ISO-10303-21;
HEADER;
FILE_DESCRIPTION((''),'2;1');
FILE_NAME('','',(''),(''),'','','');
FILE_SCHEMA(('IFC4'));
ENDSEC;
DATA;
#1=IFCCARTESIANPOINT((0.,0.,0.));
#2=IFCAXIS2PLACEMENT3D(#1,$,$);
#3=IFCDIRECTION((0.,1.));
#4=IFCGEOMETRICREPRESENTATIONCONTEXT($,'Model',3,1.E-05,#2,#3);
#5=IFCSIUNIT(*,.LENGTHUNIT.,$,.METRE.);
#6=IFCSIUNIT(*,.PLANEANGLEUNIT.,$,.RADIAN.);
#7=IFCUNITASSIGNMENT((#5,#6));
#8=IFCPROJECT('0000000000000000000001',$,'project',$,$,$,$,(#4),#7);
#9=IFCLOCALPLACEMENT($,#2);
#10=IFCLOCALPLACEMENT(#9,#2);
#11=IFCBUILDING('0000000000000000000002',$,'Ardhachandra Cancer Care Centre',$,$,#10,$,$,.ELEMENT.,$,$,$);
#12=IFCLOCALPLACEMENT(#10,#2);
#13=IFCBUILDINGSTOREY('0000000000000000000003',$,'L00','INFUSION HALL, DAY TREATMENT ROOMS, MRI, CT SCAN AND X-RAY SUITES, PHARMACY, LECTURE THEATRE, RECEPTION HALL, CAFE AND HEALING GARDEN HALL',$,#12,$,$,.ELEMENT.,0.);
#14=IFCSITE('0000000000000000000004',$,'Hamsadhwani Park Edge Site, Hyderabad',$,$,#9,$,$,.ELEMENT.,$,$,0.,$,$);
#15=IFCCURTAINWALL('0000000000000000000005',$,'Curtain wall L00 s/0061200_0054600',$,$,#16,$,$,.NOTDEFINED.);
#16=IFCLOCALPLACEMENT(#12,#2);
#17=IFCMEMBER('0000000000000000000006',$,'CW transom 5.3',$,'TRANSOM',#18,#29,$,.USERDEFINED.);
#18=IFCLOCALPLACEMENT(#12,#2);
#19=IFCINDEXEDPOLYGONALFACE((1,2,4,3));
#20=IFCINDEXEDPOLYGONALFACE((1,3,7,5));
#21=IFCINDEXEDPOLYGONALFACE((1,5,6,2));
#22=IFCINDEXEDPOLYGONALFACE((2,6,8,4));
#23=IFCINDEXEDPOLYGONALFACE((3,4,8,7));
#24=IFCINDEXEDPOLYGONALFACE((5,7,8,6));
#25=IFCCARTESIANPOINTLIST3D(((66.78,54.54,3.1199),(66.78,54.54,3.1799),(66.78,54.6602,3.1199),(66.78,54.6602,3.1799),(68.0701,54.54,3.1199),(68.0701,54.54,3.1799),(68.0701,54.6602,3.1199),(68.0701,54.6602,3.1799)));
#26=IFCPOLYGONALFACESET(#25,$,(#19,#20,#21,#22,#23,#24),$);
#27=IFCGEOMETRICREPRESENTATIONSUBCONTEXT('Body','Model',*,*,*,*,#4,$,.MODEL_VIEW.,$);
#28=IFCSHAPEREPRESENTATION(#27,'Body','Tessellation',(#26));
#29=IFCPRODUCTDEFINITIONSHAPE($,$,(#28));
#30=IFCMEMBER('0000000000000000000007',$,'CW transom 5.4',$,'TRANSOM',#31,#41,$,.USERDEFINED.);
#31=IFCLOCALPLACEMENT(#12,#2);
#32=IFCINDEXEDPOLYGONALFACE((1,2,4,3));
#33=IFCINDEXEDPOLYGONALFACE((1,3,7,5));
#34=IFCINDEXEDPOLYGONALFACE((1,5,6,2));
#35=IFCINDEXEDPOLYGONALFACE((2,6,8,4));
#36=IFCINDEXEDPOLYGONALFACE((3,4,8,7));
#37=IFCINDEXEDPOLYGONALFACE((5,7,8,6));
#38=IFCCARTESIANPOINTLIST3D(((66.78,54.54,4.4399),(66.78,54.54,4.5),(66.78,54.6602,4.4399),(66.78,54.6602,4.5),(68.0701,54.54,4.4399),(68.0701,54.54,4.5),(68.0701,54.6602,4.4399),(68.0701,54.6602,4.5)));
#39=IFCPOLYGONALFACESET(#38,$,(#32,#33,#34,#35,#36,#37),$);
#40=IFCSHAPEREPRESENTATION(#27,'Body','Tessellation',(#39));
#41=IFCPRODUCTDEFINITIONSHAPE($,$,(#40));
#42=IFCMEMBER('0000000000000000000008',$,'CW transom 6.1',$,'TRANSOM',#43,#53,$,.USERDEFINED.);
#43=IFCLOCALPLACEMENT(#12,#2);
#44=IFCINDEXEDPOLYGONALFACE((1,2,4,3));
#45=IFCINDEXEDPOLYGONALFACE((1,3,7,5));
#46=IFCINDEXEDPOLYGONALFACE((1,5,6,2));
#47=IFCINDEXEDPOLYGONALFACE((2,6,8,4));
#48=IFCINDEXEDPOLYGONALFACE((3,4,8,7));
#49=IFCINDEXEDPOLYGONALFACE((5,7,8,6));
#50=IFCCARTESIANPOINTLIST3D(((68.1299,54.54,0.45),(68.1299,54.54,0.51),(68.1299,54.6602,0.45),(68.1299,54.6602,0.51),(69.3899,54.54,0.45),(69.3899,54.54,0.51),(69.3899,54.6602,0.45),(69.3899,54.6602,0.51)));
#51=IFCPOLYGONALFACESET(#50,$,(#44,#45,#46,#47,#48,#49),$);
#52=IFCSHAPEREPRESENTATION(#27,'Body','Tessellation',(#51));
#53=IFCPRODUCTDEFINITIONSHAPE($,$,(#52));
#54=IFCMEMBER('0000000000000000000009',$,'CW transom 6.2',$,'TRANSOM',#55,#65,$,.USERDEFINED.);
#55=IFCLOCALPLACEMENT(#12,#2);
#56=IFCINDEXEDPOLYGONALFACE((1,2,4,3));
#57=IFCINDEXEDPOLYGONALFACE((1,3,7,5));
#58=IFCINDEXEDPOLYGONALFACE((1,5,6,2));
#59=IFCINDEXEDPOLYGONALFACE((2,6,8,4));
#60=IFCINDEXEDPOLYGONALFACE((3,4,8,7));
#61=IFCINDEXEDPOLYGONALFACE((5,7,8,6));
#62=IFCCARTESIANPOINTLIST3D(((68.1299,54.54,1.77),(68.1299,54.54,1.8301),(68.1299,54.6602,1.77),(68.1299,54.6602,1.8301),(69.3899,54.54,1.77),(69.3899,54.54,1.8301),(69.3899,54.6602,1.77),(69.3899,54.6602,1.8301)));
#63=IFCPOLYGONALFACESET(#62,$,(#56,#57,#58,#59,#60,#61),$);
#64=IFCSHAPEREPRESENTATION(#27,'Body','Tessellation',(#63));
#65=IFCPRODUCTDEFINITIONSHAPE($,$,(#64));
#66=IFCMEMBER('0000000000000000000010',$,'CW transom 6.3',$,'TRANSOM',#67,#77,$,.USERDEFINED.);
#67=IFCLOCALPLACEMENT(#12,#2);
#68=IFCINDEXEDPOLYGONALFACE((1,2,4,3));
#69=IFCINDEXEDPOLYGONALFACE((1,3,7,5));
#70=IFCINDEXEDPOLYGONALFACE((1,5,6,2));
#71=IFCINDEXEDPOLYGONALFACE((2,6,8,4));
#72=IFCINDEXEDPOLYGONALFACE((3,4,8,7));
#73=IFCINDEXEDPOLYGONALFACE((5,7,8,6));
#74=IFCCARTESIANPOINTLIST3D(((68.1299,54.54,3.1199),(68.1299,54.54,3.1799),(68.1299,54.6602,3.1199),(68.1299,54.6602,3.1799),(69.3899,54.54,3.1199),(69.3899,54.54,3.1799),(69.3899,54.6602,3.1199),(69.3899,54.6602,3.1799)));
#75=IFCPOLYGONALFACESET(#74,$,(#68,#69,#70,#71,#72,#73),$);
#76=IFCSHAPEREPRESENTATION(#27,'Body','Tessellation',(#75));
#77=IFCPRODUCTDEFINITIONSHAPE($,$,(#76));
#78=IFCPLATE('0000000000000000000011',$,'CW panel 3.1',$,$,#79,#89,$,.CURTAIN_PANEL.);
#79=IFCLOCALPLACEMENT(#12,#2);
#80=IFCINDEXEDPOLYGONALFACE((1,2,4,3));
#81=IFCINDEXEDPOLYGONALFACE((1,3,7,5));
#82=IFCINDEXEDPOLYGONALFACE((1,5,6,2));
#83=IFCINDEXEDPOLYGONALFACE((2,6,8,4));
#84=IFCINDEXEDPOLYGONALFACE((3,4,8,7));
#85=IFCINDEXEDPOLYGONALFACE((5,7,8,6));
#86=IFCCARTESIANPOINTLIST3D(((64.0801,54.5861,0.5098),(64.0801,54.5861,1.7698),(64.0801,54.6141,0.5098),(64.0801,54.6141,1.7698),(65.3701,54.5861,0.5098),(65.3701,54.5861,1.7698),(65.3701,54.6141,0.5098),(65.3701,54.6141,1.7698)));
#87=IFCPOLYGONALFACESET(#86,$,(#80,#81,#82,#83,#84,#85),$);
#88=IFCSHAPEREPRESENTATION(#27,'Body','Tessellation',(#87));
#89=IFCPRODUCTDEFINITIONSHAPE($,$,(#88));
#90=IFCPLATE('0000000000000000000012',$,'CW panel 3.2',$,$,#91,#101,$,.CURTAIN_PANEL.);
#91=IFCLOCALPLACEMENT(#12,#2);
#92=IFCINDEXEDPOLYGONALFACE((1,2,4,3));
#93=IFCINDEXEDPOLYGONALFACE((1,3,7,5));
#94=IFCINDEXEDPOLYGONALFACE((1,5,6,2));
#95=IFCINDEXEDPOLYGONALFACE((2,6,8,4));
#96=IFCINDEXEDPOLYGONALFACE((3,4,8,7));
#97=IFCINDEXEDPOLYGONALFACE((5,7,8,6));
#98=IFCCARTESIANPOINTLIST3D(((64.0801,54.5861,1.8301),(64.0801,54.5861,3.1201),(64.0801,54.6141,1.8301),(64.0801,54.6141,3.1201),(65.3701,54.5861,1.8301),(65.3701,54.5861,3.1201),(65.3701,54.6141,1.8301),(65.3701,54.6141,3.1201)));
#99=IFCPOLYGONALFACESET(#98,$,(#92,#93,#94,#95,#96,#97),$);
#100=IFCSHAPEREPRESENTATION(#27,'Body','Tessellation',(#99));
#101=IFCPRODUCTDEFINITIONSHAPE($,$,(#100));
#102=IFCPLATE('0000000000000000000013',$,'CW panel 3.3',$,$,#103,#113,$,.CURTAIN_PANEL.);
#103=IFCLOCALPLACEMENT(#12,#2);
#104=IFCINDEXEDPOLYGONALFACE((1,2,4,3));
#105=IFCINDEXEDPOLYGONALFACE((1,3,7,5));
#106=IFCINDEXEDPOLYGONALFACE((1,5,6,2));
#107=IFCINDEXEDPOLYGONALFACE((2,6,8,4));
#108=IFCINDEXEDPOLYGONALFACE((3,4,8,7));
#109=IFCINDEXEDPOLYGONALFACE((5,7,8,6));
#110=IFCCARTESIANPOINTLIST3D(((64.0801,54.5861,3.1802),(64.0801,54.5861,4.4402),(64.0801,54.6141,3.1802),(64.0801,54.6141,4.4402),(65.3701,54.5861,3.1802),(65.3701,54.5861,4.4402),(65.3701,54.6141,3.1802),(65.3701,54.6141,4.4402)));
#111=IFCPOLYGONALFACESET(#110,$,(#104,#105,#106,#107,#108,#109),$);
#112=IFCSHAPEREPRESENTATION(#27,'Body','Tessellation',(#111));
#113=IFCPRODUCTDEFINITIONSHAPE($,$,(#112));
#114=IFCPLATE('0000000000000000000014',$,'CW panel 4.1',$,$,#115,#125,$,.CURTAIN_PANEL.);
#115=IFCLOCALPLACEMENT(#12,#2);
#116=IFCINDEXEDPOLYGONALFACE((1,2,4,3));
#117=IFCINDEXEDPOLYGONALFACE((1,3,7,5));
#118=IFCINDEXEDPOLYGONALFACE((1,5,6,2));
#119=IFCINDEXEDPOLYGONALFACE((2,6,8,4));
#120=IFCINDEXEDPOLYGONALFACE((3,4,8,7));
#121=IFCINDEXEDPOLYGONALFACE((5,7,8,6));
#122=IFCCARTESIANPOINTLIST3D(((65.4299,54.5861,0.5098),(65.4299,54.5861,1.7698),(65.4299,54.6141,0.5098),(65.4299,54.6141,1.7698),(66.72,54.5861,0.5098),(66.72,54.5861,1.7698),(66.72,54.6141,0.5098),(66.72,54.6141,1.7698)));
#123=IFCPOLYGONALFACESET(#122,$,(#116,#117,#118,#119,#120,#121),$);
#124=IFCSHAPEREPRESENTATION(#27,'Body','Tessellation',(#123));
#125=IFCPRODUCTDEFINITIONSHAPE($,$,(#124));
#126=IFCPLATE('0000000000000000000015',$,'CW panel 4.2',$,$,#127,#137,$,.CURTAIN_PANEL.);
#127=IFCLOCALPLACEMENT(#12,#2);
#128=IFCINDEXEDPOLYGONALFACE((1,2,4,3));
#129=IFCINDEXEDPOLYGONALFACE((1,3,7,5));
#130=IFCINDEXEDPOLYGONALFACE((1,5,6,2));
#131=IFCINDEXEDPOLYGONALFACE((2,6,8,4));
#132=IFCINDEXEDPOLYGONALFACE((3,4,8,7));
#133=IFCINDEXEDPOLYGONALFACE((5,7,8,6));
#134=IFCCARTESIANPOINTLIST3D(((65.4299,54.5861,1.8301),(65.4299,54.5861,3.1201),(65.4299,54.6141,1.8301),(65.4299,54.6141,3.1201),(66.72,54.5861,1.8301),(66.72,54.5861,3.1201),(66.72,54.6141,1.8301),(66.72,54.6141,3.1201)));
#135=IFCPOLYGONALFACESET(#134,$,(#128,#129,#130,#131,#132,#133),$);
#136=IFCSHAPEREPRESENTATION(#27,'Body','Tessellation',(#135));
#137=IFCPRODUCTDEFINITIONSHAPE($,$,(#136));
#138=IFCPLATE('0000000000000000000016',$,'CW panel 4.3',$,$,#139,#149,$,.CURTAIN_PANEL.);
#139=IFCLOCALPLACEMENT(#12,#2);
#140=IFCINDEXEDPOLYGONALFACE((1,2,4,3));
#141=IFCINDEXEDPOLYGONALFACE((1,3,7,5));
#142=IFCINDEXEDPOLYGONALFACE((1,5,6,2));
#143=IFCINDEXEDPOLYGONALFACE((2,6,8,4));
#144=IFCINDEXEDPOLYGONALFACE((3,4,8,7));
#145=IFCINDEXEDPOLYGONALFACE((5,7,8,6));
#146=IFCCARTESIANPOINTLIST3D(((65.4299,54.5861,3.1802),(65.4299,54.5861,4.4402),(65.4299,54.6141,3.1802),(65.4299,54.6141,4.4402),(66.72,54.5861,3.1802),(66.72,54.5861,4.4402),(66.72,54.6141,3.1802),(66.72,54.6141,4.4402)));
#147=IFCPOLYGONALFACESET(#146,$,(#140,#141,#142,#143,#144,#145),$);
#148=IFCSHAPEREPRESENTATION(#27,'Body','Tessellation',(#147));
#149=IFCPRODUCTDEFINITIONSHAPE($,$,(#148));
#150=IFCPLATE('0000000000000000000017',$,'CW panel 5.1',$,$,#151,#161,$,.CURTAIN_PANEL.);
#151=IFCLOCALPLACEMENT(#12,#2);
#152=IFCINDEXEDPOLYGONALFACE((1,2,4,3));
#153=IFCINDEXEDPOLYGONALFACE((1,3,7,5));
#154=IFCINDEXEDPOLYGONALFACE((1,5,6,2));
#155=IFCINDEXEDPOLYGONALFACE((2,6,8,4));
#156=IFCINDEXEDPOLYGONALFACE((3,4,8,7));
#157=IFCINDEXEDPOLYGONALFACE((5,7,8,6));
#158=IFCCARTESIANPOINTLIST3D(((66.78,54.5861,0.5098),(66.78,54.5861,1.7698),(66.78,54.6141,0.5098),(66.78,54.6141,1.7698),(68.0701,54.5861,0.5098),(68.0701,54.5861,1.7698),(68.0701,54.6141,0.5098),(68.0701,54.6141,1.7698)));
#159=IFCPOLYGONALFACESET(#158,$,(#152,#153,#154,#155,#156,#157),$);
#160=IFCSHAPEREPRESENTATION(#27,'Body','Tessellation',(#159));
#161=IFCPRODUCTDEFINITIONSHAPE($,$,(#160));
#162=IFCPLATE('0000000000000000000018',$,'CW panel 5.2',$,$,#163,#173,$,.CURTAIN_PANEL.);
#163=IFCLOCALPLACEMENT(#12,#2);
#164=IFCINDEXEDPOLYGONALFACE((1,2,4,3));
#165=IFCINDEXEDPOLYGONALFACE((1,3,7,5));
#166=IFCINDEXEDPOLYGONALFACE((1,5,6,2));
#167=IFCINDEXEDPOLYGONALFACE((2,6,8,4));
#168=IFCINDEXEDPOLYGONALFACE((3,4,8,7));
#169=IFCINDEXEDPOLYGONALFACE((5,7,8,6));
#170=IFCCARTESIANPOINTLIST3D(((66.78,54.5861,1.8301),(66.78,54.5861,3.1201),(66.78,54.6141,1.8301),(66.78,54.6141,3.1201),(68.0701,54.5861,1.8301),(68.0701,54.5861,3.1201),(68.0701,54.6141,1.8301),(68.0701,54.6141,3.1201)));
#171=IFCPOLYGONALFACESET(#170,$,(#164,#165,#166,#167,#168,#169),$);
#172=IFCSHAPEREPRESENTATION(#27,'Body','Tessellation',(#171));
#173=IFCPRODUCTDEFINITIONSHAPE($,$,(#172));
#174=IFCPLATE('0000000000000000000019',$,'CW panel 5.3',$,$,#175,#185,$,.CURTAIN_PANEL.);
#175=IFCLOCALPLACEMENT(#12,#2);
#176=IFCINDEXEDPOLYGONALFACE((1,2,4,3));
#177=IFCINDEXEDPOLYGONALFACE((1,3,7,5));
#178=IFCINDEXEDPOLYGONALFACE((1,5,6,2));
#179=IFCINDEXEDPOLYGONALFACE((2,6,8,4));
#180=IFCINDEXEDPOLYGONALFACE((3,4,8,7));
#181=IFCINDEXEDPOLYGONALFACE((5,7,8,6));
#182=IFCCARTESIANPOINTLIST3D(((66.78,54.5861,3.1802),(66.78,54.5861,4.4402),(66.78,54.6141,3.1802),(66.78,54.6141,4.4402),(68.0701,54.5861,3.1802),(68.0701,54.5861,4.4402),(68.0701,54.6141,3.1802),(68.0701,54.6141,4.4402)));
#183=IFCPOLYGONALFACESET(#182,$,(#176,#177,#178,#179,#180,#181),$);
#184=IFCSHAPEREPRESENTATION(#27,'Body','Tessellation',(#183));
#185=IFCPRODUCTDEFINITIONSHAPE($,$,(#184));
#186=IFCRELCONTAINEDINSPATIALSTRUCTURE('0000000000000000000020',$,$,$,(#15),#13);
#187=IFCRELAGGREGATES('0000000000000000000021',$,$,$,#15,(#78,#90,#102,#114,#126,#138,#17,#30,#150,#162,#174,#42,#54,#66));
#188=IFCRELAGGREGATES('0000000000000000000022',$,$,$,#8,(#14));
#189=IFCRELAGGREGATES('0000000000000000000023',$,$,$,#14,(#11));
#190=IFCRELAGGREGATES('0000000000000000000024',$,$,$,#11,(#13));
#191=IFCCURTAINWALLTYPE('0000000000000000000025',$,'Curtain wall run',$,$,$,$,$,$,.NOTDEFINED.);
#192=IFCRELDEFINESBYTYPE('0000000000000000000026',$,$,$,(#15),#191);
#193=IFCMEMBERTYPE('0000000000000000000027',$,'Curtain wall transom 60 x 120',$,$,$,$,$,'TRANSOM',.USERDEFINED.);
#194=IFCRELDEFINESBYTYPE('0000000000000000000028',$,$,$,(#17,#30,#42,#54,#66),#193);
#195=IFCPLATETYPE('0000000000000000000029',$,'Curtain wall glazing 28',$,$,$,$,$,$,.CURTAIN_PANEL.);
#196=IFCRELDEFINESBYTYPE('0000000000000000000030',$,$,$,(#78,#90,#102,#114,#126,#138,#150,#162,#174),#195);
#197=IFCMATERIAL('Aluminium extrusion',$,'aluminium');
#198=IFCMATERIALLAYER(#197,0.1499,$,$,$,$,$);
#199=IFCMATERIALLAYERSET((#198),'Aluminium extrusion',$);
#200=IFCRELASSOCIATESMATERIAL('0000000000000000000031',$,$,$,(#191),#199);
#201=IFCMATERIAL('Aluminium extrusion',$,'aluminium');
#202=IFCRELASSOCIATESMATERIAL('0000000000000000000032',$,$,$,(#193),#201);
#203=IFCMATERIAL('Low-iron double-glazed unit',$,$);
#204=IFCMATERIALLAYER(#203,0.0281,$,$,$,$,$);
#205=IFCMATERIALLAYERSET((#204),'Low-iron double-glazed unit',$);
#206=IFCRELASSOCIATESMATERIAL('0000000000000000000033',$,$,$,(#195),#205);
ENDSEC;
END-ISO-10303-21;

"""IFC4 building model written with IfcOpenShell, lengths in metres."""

from ifc_helpers import new_model, si_unit, direction, frame, origin, origin_2d, place, context, subcontext, project, spatial, rectangle, extrude, material, layer, layer_set, material_profile, profile_set, type_object, element, aggregate, save


model = new_model("IFC4")

# Units and contexts
model_context = context("Model", 3, precision=1e-05, world=origin(), true_north=direction((0.0, 1.0)))
body_context = subcontext(model_context, "Body", "Model", "MODEL_VIEW")
ifc_project = project(units=[si_unit("LENGTHUNIT", "METRE"), si_unit("PLANEANGLEUNIT", "RADIAN")], contexts=[model_context])

# Site, building, storey
site_placement = place(None, origin())
site = spatial("IfcSite", under=ifc_project, at=site_placement, Name="Hamsadhwani Park Edge Site, Hyderabad", CompositionType="ELEMENT", RefElevation=0.0)
building_placement = place(site_placement, origin())
building = spatial("IfcBuilding", under=site, at=building_placement, Name="Ardhachandra Cancer Care Centre", CompositionType="ELEMENT")
storey_placement = place(building_placement, origin())
storey = spatial("IfcBuildingStorey", under=building, at=storey_placement, Name="L00", Description="INFUSION HALL, DAY TREATMENT ROOMS, MRI, CT SCAN AND X-RAY SUITES, PHARMACY, LECTURE THEATRE, RECEPTION HALL, CAFE AND HEALING GARDEN HALL", CompositionType="ELEMENT", Elevation=0.0)

# Curtain wall, members, plates
ifc_material_1 = material(Name="Aluminium extrusion", Category="aluminium")
ifc_layer_1 = layer(ifc_material_1, 0.1499)
ifc_layer_set_1 = layer_set([ifc_layer_1], Name="Aluminium extrusion")
curtain_wall_type = type_object("IfcCurtainWallType", Name="Curtain wall run", PredefinedType="NOTDEFINED", material=ifc_layer_set_1)
curtain_wall_placement = place(storey_placement, origin())
curtain_wall = element("IfcCurtainWall", 1, at=curtain_wall_placement, inside=storey, type_object=curtain_wall_type, Name="Curtain wall L00 s/0061200_0054600", PredefinedType="NOTDEFINED")
ifc_material_2 = material(Name="Aluminium extrusion", Category="aluminium")
ifc_material_profile_1 = material_profile(ifc_material_2, rectangle(XDim=0.1201, YDim=0.0601, at=origin_2d()), Name="Curtain wall transom 60 x 120")
ifc_profile_set_1 = profile_set([ifc_material_profile_1], Name="Aluminium extrusion")
member_type_1 = type_object("IfcMemberType", Name="Curtain wall transom 60 x 120", ElementType="TRANSOM", PredefinedType="USERDEFINED", material=ifc_profile_set_1)
member_1_placement = place(storey_placement, frame((66.78, 54.6001, 3.1499), z_axis=(1.0, 0.0, 0.0), x_axis=(0.0, 1.0, 0.0)))
member_1 = element("IfcMember", 2, at=member_1_placement, type_object=member_type_1, Name="CW transom 5.3", ObjectType="TRANSOM", PredefinedType="USERDEFINED", context=body_context, shape_type="SweptSolid", body=[
    extrude(rectangle(XDim=0.1201, YDim=0.0601, at=origin_2d()), origin(), (0.0, 0.0, 1.0), 1.29),
])
member_2_placement = place(storey_placement, frame((66.78, 54.6001, 4.47), z_axis=(1.0, 0.0, 0.0), x_axis=(0.0, 1.0, 0.0)))
member_2 = element("IfcMember", 3, at=member_2_placement, type_object=member_type_1, Name="CW transom 5.4", ObjectType="TRANSOM", PredefinedType="USERDEFINED", context=body_context, shape_type="SweptSolid", body=[
    extrude(rectangle(XDim=0.1201, YDim=0.0601, at=origin_2d()), origin(), (0.0, 0.0, 1.0), 1.29),
])
member_3_placement = place(storey_placement, frame((68.1299, 54.6001, 0.48), z_axis=(1.0, 0.0, 0.0), x_axis=(0.0, 1.0, 0.0)))
member_3 = element("IfcMember", 4, at=member_3_placement, type_object=member_type_1, Name="CW transom 6.1", ObjectType="TRANSOM", PredefinedType="USERDEFINED", context=body_context, shape_type="SweptSolid", body=[
    extrude(rectangle(XDim=0.1201, YDim=0.0601, at=origin_2d()), origin(), (0.0, 0.0, 1.0), 1.26),
])
member_4_placement = place(storey_placement, frame((68.1299, 54.6001, 1.8), z_axis=(1.0, 0.0, 0.0), x_axis=(0.0, 1.0, 0.0)))
member_4 = element("IfcMember", 5, at=member_4_placement, type_object=member_type_1, Name="CW transom 6.2", ObjectType="TRANSOM", PredefinedType="USERDEFINED", context=body_context, shape_type="SweptSolid", body=[
    extrude(rectangle(XDim=0.1201, YDim=0.0601, at=origin_2d()), origin(), (0.0, 0.0, 1.0), 1.26),
])
member_5_placement = place(storey_placement, frame((68.1299, 54.6001, 3.1499), z_axis=(1.0, 0.0, 0.0), x_axis=(0.0, 1.0, 0.0)))
member_5 = element("IfcMember", 6, at=member_5_placement, type_object=member_type_1, Name="CW transom 6.3", ObjectType="TRANSOM", PredefinedType="USERDEFINED", context=body_context, shape_type="SweptSolid", body=[
    extrude(rectangle(XDim=0.1201, YDim=0.0601, at=origin_2d()), origin(), (0.0, 0.0, 1.0), 1.26),
])
ifc_material_3 = material(Name="Low-iron double-glazed unit")
ifc_layer_2 = layer(ifc_material_3, 0.0281)
ifc_layer_set_2 = layer_set([ifc_layer_2], Name="Low-iron double-glazed unit")
plate_type = type_object("IfcPlateType", Name="Curtain wall glazing 28", PredefinedType="CURTAIN_PANEL", material=ifc_layer_set_2)
plate_1_placement = place(storey_placement, frame((64.7251, 54.6001, 0.5098), z_axis=(0.0, 0.0, 1.0), x_axis=(1.0, 0.0, 0.0)))
plate_1 = element("IfcPlate", 7, at=plate_1_placement, type_object=plate_type, Name="CW panel 3.1", PredefinedType="CURTAIN_PANEL", context=body_context, shape_type="SweptSolid", body=[
    extrude(rectangle(XDim=1.29, YDim=0.0281, at=origin_2d()), origin(), (0.0, 0.0, 1.0), 1.26),
])
plate_2_placement = place(storey_placement, frame((64.7251, 54.6001, 1.8301), z_axis=(0.0, 0.0, 1.0), x_axis=(1.0, 0.0, 0.0)))
plate_2 = element("IfcPlate", 8, at=plate_2_placement, type_object=plate_type, Name="CW panel 3.2", PredefinedType="CURTAIN_PANEL", context=body_context, shape_type="SweptSolid", body=[
    extrude(rectangle(XDim=1.29, YDim=0.0281, at=origin_2d()), origin(), (0.0, 0.0, 1.0), 1.29),
])
plate_3_placement = place(storey_placement, frame((64.7251, 54.6001, 3.1802), z_axis=(0.0, 0.0, 1.0), x_axis=(1.0, 0.0, 0.0)))
plate_3 = element("IfcPlate", 9, at=plate_3_placement, type_object=plate_type, Name="CW panel 3.3", PredefinedType="CURTAIN_PANEL", context=body_context, shape_type="SweptSolid", body=[
    extrude(rectangle(XDim=1.29, YDim=0.0281, at=origin_2d()), origin(), (0.0, 0.0, 1.0), 1.26),
])
plate_4_placement = place(storey_placement, frame((66.075, 54.6001, 0.5098), z_axis=(0.0, 0.0, 1.0), x_axis=(1.0, 0.0, 0.0)))
plate_4 = element("IfcPlate", 10, at=plate_4_placement, type_object=plate_type, Name="CW panel 4.1", PredefinedType="CURTAIN_PANEL", context=body_context, shape_type="SweptSolid", body=[
    extrude(rectangle(XDim=1.29, YDim=0.0281, at=origin_2d()), origin(), (0.0, 0.0, 1.0), 1.26),
])
plate_5_placement = place(storey_placement, frame((66.075, 54.6001, 1.8301), z_axis=(0.0, 0.0, 1.0), x_axis=(1.0, 0.0, 0.0)))
plate_5 = element("IfcPlate", 11, at=plate_5_placement, type_object=plate_type, Name="CW panel 4.2", PredefinedType="CURTAIN_PANEL", context=body_context, shape_type="SweptSolid", body=[
    extrude(rectangle(XDim=1.29, YDim=0.0281, at=origin_2d()), origin(), (0.0, 0.0, 1.0), 1.29),
])
plate_6_placement = place(storey_placement, frame((66.075, 54.6001, 3.1802), z_axis=(0.0, 0.0, 1.0), x_axis=(1.0, 0.0, 0.0)))
plate_6 = element("IfcPlate", 12, at=plate_6_placement, type_object=plate_type, Name="CW panel 4.3", PredefinedType="CURTAIN_PANEL", context=body_context, shape_type="SweptSolid", body=[
    extrude(rectangle(XDim=1.29, YDim=0.0281, at=origin_2d()), origin(), (0.0, 0.0, 1.0), 1.26),
])
plate_7_placement = place(storey_placement, frame((67.425, 54.6001, 0.5098), z_axis=(0.0, 0.0, 1.0), x_axis=(1.0, 0.0, 0.0)))
plate_7 = element("IfcPlate", 13, at=plate_7_placement, type_object=plate_type, Name="CW panel 5.1", PredefinedType="CURTAIN_PANEL", context=body_context, shape_type="SweptSolid", body=[
    extrude(rectangle(XDim=1.29, YDim=0.0281, at=origin_2d()), origin(), (0.0, 0.0, 1.0), 1.26),
])
plate_8_placement = place(storey_placement, frame((67.425, 54.6001, 1.8301), z_axis=(0.0, 0.0, 1.0), x_axis=(1.0, 0.0, 0.0)))
plate_8 = element("IfcPlate", 14, at=plate_8_placement, type_object=plate_type, Name="CW panel 5.2", PredefinedType="CURTAIN_PANEL", context=body_context, shape_type="SweptSolid", body=[
    extrude(rectangle(XDim=1.29, YDim=0.0281, at=origin_2d()), origin(), (0.0, 0.0, 1.0), 1.29),
])
plate_9_placement = place(storey_placement, frame((67.425, 54.6001, 3.1802), z_axis=(0.0, 0.0, 1.0), x_axis=(1.0, 0.0, 0.0)))
plate_9 = element("IfcPlate", 15, at=plate_9_placement, type_object=plate_type, Name="CW panel 5.3", PredefinedType="CURTAIN_PANEL", context=body_context, shape_type="SweptSolid", body=[
    extrude(rectangle(XDim=1.29, YDim=0.0281, at=origin_2d()), origin(), (0.0, 0.0, 1.0), 1.26),
])
aggregate(curtain_wall, [plate_1, plate_2, plate_3, plate_4, plate_5, plate_6, member_1, member_2, plate_7, plate_8, plate_9, member_3, member_4, member_5])

save(model, "model.ifc")
